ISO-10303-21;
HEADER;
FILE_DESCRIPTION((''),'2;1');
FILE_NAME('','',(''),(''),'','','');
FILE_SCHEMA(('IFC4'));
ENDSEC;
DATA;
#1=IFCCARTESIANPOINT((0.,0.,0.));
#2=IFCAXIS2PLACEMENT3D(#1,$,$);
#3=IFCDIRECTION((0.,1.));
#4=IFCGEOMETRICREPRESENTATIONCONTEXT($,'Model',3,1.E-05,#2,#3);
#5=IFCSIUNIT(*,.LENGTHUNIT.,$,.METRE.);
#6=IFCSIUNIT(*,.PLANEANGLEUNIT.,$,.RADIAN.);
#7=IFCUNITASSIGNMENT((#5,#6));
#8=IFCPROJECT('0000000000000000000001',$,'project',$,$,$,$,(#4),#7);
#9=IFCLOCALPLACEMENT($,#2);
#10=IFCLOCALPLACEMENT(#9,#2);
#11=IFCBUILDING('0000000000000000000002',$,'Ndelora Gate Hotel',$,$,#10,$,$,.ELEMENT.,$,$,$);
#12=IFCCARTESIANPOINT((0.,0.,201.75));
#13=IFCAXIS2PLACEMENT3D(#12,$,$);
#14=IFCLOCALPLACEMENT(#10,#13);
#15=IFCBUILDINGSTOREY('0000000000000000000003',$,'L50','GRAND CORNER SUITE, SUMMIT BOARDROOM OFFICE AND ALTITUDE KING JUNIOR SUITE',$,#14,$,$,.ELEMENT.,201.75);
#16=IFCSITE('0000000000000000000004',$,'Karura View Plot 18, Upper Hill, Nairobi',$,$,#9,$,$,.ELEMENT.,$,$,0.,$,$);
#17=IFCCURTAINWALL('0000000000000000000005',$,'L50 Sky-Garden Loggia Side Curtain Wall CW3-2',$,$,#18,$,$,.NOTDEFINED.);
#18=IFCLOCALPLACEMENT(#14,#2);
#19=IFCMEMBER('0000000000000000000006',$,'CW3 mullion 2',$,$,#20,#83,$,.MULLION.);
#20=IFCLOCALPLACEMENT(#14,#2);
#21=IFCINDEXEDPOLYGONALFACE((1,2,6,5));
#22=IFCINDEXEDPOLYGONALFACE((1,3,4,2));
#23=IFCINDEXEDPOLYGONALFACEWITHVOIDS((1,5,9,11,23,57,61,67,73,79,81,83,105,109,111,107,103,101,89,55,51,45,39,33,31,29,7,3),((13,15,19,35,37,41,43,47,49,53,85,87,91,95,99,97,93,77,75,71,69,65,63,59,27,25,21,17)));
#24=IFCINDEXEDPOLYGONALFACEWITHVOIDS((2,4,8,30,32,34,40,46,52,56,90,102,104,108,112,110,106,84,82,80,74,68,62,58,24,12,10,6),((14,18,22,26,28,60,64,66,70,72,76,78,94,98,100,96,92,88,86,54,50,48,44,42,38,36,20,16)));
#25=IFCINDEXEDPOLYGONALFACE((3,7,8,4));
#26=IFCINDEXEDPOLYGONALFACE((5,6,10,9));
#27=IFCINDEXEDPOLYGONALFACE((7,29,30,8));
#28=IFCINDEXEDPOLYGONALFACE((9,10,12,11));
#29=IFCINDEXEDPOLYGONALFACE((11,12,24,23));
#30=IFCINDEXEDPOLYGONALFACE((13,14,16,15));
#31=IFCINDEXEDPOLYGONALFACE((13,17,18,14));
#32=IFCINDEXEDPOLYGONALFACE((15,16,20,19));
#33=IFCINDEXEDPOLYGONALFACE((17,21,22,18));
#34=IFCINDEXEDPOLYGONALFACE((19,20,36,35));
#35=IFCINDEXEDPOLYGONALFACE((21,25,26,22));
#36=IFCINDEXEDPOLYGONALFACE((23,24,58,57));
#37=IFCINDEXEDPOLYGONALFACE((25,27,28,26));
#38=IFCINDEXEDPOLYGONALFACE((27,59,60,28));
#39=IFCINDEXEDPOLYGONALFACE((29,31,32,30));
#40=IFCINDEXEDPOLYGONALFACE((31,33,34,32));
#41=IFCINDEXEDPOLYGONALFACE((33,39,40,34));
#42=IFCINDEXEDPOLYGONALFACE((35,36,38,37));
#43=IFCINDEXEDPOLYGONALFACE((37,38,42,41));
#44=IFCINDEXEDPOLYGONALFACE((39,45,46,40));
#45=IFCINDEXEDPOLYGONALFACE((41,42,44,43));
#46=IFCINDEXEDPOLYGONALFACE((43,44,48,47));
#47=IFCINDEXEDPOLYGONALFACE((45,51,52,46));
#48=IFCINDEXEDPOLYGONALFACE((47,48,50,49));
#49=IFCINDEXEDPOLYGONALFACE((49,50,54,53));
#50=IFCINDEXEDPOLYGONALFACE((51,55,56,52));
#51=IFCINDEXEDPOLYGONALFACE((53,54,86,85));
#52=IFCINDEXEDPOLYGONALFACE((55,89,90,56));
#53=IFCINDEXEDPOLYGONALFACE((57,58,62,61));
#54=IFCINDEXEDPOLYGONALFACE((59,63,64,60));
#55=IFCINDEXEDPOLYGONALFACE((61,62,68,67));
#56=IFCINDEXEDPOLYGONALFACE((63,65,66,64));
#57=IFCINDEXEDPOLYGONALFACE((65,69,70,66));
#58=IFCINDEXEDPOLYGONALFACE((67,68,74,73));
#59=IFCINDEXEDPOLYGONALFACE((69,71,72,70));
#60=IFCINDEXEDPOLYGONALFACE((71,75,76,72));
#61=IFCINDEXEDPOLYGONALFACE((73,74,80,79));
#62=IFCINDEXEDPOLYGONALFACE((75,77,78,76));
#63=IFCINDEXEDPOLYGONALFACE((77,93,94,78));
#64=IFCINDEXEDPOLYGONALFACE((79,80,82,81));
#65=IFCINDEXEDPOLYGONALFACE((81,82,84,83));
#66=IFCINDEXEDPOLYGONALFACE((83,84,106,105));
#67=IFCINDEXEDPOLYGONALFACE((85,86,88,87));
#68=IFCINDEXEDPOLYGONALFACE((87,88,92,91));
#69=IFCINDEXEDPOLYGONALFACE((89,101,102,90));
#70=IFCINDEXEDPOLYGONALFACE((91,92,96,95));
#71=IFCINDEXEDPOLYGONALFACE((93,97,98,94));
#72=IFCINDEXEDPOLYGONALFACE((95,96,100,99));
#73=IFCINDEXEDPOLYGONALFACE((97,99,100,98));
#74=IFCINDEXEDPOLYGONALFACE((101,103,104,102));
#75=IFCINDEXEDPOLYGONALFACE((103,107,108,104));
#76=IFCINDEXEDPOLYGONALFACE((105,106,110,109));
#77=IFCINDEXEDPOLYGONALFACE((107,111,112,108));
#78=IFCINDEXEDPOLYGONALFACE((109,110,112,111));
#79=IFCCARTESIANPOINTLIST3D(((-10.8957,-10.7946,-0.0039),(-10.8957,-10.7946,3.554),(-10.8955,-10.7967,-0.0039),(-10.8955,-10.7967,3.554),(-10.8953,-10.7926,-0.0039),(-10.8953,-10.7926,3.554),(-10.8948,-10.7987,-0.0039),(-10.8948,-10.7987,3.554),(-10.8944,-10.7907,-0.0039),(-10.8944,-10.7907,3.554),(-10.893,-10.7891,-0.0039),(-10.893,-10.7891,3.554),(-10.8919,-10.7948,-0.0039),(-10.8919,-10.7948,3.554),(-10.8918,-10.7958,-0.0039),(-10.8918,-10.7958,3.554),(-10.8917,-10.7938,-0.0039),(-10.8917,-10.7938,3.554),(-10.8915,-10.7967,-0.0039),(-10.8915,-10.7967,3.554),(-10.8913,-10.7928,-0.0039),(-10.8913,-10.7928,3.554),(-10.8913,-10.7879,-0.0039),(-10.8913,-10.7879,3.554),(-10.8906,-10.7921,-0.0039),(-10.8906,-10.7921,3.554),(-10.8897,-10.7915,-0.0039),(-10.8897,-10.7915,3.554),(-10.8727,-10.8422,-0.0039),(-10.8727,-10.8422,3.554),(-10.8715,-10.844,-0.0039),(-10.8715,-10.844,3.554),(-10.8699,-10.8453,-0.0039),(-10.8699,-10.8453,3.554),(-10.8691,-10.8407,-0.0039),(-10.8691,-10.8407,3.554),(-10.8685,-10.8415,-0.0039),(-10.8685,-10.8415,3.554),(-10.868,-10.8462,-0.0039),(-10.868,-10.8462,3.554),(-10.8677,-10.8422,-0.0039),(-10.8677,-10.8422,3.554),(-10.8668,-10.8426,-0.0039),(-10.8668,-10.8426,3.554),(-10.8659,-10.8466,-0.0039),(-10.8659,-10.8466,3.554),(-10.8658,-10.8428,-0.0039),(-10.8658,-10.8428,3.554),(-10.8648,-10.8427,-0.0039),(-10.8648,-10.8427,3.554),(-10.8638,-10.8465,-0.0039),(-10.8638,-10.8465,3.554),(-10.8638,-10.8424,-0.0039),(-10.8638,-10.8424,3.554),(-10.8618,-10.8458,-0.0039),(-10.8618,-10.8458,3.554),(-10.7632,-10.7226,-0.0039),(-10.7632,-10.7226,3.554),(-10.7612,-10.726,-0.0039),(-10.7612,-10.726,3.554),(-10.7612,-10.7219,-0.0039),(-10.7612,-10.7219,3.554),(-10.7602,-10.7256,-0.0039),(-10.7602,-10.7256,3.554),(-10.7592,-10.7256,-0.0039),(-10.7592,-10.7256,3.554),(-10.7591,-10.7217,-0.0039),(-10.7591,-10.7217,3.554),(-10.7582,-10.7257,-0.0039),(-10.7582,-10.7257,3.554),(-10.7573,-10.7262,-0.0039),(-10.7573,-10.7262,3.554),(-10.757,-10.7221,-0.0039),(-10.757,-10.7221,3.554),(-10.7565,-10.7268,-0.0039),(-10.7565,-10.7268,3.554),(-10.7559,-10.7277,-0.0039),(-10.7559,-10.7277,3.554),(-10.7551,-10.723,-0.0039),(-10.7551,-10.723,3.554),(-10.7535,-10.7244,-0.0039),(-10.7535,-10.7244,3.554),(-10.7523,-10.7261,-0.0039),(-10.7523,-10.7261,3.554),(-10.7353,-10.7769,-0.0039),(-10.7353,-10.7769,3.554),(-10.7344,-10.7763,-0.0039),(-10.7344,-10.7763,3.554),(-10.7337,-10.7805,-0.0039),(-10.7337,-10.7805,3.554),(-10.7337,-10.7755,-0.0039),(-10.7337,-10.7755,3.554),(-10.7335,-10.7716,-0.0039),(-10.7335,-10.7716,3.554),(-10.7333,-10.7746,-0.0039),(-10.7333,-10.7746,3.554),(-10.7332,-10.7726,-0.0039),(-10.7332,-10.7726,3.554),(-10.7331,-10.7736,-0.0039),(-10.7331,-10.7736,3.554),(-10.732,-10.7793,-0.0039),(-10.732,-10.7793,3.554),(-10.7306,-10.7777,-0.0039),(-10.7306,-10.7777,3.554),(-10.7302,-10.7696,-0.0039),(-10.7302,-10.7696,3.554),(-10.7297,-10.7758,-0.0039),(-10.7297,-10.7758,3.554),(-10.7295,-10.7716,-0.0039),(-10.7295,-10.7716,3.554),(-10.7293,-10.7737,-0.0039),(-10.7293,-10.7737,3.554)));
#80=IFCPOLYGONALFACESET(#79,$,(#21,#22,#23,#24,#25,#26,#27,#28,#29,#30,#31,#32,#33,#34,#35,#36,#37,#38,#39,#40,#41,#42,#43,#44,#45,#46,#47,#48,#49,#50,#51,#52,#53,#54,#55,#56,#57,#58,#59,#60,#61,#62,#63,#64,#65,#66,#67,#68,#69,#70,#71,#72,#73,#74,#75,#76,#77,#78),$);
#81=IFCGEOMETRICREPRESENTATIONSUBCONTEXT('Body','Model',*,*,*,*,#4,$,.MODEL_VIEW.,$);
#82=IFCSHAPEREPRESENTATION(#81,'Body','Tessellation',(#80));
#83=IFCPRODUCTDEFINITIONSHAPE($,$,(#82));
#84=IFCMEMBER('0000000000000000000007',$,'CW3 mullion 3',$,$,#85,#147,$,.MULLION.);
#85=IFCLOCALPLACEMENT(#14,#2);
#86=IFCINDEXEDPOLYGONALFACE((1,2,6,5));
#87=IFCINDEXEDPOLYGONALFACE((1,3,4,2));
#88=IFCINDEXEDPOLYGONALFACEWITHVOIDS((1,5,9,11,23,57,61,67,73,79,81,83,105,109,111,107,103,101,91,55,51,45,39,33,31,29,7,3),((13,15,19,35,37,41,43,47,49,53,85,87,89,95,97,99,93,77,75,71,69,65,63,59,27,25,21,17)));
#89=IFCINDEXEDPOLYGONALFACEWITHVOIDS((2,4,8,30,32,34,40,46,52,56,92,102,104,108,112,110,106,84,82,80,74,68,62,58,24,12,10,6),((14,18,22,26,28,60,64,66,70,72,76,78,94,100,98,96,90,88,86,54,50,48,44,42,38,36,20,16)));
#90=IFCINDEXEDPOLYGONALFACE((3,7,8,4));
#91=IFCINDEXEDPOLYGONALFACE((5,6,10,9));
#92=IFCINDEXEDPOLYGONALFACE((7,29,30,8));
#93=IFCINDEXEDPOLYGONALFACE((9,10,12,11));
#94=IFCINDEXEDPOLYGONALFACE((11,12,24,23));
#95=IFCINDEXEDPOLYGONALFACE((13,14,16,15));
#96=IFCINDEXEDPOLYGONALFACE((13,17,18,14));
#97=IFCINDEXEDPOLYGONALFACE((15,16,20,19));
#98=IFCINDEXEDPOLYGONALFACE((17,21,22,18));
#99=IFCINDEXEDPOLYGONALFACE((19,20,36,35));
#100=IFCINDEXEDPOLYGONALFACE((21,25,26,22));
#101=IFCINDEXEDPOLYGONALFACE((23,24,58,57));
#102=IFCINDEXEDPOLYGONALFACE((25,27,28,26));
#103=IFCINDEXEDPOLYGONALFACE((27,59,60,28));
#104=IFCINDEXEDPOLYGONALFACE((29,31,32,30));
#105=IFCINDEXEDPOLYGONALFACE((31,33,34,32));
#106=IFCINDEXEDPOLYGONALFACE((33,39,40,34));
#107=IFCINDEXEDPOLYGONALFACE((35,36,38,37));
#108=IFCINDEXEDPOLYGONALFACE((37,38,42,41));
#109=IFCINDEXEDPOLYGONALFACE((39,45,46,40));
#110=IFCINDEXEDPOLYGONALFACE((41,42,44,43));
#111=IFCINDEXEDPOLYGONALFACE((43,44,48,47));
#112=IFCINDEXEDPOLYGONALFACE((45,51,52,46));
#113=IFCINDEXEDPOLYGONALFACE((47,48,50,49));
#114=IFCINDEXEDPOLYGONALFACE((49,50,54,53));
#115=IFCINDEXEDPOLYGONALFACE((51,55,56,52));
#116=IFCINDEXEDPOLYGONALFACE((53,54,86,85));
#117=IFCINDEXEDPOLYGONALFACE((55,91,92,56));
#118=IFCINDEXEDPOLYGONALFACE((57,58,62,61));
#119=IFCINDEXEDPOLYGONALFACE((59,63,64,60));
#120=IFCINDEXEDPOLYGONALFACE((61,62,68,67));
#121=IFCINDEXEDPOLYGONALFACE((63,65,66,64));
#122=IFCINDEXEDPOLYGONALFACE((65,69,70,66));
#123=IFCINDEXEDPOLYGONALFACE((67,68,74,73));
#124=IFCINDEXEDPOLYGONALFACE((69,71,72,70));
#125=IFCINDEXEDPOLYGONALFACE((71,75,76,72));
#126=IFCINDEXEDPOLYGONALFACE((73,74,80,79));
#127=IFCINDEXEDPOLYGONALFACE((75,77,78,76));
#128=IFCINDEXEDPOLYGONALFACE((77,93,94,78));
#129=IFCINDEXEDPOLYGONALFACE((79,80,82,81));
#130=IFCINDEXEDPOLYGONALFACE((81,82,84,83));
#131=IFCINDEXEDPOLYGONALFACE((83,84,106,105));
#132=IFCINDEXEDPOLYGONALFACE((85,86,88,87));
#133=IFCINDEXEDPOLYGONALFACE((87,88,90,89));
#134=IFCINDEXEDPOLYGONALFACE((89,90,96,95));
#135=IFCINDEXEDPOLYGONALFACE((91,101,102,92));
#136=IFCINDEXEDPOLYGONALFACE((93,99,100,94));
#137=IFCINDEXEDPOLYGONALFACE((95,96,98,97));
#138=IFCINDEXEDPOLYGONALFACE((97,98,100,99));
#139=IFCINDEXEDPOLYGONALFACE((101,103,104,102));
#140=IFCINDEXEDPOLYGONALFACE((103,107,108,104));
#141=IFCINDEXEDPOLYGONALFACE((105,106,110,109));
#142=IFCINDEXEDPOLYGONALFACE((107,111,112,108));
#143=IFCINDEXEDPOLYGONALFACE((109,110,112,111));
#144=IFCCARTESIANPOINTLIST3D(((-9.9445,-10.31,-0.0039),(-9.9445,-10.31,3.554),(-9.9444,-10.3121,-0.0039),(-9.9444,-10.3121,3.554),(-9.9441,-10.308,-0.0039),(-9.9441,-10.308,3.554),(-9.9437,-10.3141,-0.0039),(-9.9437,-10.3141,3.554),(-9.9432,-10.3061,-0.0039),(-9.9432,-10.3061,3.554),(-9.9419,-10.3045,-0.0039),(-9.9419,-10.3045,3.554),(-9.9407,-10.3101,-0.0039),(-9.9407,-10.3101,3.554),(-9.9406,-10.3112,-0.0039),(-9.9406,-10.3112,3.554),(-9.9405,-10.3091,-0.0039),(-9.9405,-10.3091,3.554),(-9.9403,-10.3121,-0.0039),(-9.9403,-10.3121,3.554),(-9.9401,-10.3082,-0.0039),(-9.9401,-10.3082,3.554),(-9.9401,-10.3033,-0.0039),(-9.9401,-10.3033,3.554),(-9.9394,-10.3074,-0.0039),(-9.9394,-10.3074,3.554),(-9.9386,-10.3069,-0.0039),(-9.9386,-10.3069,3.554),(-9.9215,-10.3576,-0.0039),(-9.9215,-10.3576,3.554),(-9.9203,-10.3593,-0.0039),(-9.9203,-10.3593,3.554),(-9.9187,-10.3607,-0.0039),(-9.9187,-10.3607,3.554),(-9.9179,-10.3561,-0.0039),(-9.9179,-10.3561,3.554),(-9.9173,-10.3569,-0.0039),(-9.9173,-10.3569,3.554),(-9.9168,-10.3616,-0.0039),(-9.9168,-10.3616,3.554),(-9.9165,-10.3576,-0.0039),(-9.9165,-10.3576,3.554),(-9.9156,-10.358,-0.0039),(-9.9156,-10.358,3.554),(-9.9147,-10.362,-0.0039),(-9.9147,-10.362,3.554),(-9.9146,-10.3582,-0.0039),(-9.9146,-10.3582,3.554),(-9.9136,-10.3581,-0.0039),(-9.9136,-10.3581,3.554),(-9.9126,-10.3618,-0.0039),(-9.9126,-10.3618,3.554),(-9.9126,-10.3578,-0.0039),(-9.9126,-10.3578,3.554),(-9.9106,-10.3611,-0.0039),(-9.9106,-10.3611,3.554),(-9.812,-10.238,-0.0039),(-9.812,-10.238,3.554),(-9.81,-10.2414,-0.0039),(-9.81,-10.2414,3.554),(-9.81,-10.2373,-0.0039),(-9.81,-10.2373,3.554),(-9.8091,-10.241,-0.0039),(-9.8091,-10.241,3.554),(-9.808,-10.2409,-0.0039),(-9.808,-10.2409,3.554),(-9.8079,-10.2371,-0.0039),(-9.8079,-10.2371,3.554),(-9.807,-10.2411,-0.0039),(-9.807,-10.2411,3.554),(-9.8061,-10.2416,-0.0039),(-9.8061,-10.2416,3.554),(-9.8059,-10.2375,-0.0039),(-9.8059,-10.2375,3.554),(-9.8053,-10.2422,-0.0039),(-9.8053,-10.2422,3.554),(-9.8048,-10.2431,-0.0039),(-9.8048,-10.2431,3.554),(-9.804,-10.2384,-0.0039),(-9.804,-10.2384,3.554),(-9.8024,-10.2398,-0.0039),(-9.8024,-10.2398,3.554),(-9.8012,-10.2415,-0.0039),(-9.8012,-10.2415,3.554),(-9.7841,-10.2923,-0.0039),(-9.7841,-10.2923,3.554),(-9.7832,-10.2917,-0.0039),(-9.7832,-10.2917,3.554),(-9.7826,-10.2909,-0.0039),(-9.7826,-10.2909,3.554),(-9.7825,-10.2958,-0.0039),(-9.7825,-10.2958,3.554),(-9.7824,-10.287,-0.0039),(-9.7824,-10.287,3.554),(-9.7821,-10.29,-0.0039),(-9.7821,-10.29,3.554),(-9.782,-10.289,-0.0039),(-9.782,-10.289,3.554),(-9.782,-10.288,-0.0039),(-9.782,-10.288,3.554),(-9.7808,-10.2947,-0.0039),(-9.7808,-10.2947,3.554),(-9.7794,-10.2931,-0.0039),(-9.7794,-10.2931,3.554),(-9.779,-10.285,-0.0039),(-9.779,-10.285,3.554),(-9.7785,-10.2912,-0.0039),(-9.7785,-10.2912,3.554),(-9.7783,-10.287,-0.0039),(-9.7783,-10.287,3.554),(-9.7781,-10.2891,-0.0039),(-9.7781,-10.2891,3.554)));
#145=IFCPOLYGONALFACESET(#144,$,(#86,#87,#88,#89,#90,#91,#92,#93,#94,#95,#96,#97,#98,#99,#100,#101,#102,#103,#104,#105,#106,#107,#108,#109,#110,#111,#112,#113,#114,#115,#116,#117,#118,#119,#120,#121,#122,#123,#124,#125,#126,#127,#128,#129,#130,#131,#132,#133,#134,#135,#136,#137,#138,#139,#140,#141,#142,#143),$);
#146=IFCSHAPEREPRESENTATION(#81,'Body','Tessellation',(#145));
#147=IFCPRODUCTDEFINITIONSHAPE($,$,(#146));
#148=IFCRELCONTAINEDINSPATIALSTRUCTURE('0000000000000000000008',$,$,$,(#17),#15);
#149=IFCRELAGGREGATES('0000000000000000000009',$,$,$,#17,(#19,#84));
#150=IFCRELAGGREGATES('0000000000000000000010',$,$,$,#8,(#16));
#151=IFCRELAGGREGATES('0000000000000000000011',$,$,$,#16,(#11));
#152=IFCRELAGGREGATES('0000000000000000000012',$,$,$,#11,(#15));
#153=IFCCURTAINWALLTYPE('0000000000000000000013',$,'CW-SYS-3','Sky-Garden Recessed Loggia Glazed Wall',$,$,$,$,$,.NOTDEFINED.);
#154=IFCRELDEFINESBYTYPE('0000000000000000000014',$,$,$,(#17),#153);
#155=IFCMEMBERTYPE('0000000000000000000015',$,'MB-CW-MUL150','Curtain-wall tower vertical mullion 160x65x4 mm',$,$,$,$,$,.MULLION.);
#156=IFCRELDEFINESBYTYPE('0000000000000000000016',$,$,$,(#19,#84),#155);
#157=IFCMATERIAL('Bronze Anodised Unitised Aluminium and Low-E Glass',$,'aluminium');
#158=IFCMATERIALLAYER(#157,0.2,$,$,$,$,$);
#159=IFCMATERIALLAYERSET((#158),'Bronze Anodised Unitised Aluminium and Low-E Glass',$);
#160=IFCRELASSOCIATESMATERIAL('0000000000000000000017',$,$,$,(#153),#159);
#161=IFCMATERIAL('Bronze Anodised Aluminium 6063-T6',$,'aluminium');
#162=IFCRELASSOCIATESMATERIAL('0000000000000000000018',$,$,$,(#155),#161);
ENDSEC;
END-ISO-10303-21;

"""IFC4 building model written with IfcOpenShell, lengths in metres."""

from ifc_helpers import new_model, si_unit, direction, frame, origin, origin_2d, place, context, subcontext, project, spatial, hollow_rectangle, extrude, material, layer, layer_set, material_profile, profile_set, type_object, element, aggregate, save


model = new_model("IFC4")

# Units and contexts
model_context = context("Model", 3, precision=1e-05, world=origin(), true_north=direction((0.0, 1.0)))
body_context = subcontext(model_context, "Body", "Model", "MODEL_VIEW")
ifc_project = project(units=[si_unit("LENGTHUNIT", "METRE"), si_unit("PLANEANGLEUNIT", "RADIAN")], contexts=[model_context])

# Site, building, storey
site_placement = place(None, origin())
site = spatial("IfcSite", under=ifc_project, at=site_placement, Name="Karura View Plot 18, Upper Hill, Nairobi", CompositionType="ELEMENT", RefElevation=0.0)
building_placement = place(site_placement, origin())
building = spatial("IfcBuilding", under=site, at=building_placement, Name="Ndelora Gate Hotel", CompositionType="ELEMENT")
storey_placement = place(building_placement, frame((0.0, 0.0, 201.75)))
storey = spatial("IfcBuildingStorey", under=building, at=storey_placement, Name="L50", Description="GRAND CORNER SUITE, SUMMIT BOARDROOM OFFICE AND ALTITUDE KING JUNIOR SUITE", CompositionType="ELEMENT", Elevation=201.75)

# Curtain wall, members
ifc_material_1 = material(Name="Bronze Anodised Unitised Aluminium and Low-E Glass", Category="aluminium")
ifc_layer_1 = layer(ifc_material_1, 0.2)
ifc_layer_set_1 = layer_set([ifc_layer_1], Name="Bronze Anodised Unitised Aluminium and Low-E Glass")
curtain_wall_type = type_object("IfcCurtainWallType", Name="CW-SYS-3", Description="Sky-Garden Recessed Loggia Glazed Wall", PredefinedType="NOTDEFINED", material=ifc_layer_set_1)
curtain_wall_placement = place(storey_placement, origin())
curtain_wall = element("IfcCurtainWall", 1, at=curtain_wall_placement, inside=storey, type_object=curtain_wall_type, Name="L50 Sky-Garden Loggia Side Curtain Wall CW3-2", PredefinedType="NOTDEFINED")
ifc_material_2 = material(Name="Bronze Anodised Aluminium 6063-T6", Category="aluminium")
ifc_material_profile_1 = material_profile(ifc_material_2, hollow_rectangle(XDim=0.0649, YDim=0.1599, WallThickness=0.0039, InnerFilletRadius=0.0039, OuterFilletRadius=0.0081, at=origin_2d()), Name="ALU 160x65x4")
ifc_profile_set_1 = profile_set([ifc_material_profile_1], Name="Bronze Anodised Aluminium 6063-T6")
member_type_1 = type_object("IfcMemberType", Name="MB-CW-MUL150", Description="Curtain-wall tower vertical mullion 160x65x4 mm", PredefinedType="MULLION", material=ifc_profile_set_1)
member_1_placement = place(storey_placement, frame((-10.8125, -10.7842, -0.0039), z_axis=(0.0, 0.0, 1.0), x_axis=(-0.454001, 0.891001, 0.0)))
member_1 = element("IfcMember", 2, at=member_1_placement, type_object=member_type_1, Name="CW3 mullion 2", PredefinedType="MULLION", context=body_context, shape_type="SweptSolid", body=[
    extrude(hollow_rectangle(XDim=0.0649, YDim=0.1599, WallThickness=0.0039, InnerFilletRadius=0.0039, OuterFilletRadius=0.0081, at=origin_2d()), origin(), (0.0, 0.0, 1.0), 3.5579),
])
member_2_placement = place(storey_placement, frame((-9.8613, -10.2996, -0.0039), z_axis=(0.0, 0.0, 1.0), x_axis=(-0.454001, 0.891001, 0.0)))
member_2 = element("IfcMember", 3, at=member_2_placement, type_object=member_type_1, Name="CW3 mullion 3", PredefinedType="MULLION", context=body_context, shape_type="SweptSolid", body=[
    extrude(hollow_rectangle(XDim=0.0649, YDim=0.1599, WallThickness=0.0039, InnerFilletRadius=0.0039, OuterFilletRadius=0.0081, at=origin_2d()), origin(), (0.0, 0.0, 1.0), 3.5579),
])
aggregate(curtain_wall, [member_1, member_2])

save(model, "model.ifc")
